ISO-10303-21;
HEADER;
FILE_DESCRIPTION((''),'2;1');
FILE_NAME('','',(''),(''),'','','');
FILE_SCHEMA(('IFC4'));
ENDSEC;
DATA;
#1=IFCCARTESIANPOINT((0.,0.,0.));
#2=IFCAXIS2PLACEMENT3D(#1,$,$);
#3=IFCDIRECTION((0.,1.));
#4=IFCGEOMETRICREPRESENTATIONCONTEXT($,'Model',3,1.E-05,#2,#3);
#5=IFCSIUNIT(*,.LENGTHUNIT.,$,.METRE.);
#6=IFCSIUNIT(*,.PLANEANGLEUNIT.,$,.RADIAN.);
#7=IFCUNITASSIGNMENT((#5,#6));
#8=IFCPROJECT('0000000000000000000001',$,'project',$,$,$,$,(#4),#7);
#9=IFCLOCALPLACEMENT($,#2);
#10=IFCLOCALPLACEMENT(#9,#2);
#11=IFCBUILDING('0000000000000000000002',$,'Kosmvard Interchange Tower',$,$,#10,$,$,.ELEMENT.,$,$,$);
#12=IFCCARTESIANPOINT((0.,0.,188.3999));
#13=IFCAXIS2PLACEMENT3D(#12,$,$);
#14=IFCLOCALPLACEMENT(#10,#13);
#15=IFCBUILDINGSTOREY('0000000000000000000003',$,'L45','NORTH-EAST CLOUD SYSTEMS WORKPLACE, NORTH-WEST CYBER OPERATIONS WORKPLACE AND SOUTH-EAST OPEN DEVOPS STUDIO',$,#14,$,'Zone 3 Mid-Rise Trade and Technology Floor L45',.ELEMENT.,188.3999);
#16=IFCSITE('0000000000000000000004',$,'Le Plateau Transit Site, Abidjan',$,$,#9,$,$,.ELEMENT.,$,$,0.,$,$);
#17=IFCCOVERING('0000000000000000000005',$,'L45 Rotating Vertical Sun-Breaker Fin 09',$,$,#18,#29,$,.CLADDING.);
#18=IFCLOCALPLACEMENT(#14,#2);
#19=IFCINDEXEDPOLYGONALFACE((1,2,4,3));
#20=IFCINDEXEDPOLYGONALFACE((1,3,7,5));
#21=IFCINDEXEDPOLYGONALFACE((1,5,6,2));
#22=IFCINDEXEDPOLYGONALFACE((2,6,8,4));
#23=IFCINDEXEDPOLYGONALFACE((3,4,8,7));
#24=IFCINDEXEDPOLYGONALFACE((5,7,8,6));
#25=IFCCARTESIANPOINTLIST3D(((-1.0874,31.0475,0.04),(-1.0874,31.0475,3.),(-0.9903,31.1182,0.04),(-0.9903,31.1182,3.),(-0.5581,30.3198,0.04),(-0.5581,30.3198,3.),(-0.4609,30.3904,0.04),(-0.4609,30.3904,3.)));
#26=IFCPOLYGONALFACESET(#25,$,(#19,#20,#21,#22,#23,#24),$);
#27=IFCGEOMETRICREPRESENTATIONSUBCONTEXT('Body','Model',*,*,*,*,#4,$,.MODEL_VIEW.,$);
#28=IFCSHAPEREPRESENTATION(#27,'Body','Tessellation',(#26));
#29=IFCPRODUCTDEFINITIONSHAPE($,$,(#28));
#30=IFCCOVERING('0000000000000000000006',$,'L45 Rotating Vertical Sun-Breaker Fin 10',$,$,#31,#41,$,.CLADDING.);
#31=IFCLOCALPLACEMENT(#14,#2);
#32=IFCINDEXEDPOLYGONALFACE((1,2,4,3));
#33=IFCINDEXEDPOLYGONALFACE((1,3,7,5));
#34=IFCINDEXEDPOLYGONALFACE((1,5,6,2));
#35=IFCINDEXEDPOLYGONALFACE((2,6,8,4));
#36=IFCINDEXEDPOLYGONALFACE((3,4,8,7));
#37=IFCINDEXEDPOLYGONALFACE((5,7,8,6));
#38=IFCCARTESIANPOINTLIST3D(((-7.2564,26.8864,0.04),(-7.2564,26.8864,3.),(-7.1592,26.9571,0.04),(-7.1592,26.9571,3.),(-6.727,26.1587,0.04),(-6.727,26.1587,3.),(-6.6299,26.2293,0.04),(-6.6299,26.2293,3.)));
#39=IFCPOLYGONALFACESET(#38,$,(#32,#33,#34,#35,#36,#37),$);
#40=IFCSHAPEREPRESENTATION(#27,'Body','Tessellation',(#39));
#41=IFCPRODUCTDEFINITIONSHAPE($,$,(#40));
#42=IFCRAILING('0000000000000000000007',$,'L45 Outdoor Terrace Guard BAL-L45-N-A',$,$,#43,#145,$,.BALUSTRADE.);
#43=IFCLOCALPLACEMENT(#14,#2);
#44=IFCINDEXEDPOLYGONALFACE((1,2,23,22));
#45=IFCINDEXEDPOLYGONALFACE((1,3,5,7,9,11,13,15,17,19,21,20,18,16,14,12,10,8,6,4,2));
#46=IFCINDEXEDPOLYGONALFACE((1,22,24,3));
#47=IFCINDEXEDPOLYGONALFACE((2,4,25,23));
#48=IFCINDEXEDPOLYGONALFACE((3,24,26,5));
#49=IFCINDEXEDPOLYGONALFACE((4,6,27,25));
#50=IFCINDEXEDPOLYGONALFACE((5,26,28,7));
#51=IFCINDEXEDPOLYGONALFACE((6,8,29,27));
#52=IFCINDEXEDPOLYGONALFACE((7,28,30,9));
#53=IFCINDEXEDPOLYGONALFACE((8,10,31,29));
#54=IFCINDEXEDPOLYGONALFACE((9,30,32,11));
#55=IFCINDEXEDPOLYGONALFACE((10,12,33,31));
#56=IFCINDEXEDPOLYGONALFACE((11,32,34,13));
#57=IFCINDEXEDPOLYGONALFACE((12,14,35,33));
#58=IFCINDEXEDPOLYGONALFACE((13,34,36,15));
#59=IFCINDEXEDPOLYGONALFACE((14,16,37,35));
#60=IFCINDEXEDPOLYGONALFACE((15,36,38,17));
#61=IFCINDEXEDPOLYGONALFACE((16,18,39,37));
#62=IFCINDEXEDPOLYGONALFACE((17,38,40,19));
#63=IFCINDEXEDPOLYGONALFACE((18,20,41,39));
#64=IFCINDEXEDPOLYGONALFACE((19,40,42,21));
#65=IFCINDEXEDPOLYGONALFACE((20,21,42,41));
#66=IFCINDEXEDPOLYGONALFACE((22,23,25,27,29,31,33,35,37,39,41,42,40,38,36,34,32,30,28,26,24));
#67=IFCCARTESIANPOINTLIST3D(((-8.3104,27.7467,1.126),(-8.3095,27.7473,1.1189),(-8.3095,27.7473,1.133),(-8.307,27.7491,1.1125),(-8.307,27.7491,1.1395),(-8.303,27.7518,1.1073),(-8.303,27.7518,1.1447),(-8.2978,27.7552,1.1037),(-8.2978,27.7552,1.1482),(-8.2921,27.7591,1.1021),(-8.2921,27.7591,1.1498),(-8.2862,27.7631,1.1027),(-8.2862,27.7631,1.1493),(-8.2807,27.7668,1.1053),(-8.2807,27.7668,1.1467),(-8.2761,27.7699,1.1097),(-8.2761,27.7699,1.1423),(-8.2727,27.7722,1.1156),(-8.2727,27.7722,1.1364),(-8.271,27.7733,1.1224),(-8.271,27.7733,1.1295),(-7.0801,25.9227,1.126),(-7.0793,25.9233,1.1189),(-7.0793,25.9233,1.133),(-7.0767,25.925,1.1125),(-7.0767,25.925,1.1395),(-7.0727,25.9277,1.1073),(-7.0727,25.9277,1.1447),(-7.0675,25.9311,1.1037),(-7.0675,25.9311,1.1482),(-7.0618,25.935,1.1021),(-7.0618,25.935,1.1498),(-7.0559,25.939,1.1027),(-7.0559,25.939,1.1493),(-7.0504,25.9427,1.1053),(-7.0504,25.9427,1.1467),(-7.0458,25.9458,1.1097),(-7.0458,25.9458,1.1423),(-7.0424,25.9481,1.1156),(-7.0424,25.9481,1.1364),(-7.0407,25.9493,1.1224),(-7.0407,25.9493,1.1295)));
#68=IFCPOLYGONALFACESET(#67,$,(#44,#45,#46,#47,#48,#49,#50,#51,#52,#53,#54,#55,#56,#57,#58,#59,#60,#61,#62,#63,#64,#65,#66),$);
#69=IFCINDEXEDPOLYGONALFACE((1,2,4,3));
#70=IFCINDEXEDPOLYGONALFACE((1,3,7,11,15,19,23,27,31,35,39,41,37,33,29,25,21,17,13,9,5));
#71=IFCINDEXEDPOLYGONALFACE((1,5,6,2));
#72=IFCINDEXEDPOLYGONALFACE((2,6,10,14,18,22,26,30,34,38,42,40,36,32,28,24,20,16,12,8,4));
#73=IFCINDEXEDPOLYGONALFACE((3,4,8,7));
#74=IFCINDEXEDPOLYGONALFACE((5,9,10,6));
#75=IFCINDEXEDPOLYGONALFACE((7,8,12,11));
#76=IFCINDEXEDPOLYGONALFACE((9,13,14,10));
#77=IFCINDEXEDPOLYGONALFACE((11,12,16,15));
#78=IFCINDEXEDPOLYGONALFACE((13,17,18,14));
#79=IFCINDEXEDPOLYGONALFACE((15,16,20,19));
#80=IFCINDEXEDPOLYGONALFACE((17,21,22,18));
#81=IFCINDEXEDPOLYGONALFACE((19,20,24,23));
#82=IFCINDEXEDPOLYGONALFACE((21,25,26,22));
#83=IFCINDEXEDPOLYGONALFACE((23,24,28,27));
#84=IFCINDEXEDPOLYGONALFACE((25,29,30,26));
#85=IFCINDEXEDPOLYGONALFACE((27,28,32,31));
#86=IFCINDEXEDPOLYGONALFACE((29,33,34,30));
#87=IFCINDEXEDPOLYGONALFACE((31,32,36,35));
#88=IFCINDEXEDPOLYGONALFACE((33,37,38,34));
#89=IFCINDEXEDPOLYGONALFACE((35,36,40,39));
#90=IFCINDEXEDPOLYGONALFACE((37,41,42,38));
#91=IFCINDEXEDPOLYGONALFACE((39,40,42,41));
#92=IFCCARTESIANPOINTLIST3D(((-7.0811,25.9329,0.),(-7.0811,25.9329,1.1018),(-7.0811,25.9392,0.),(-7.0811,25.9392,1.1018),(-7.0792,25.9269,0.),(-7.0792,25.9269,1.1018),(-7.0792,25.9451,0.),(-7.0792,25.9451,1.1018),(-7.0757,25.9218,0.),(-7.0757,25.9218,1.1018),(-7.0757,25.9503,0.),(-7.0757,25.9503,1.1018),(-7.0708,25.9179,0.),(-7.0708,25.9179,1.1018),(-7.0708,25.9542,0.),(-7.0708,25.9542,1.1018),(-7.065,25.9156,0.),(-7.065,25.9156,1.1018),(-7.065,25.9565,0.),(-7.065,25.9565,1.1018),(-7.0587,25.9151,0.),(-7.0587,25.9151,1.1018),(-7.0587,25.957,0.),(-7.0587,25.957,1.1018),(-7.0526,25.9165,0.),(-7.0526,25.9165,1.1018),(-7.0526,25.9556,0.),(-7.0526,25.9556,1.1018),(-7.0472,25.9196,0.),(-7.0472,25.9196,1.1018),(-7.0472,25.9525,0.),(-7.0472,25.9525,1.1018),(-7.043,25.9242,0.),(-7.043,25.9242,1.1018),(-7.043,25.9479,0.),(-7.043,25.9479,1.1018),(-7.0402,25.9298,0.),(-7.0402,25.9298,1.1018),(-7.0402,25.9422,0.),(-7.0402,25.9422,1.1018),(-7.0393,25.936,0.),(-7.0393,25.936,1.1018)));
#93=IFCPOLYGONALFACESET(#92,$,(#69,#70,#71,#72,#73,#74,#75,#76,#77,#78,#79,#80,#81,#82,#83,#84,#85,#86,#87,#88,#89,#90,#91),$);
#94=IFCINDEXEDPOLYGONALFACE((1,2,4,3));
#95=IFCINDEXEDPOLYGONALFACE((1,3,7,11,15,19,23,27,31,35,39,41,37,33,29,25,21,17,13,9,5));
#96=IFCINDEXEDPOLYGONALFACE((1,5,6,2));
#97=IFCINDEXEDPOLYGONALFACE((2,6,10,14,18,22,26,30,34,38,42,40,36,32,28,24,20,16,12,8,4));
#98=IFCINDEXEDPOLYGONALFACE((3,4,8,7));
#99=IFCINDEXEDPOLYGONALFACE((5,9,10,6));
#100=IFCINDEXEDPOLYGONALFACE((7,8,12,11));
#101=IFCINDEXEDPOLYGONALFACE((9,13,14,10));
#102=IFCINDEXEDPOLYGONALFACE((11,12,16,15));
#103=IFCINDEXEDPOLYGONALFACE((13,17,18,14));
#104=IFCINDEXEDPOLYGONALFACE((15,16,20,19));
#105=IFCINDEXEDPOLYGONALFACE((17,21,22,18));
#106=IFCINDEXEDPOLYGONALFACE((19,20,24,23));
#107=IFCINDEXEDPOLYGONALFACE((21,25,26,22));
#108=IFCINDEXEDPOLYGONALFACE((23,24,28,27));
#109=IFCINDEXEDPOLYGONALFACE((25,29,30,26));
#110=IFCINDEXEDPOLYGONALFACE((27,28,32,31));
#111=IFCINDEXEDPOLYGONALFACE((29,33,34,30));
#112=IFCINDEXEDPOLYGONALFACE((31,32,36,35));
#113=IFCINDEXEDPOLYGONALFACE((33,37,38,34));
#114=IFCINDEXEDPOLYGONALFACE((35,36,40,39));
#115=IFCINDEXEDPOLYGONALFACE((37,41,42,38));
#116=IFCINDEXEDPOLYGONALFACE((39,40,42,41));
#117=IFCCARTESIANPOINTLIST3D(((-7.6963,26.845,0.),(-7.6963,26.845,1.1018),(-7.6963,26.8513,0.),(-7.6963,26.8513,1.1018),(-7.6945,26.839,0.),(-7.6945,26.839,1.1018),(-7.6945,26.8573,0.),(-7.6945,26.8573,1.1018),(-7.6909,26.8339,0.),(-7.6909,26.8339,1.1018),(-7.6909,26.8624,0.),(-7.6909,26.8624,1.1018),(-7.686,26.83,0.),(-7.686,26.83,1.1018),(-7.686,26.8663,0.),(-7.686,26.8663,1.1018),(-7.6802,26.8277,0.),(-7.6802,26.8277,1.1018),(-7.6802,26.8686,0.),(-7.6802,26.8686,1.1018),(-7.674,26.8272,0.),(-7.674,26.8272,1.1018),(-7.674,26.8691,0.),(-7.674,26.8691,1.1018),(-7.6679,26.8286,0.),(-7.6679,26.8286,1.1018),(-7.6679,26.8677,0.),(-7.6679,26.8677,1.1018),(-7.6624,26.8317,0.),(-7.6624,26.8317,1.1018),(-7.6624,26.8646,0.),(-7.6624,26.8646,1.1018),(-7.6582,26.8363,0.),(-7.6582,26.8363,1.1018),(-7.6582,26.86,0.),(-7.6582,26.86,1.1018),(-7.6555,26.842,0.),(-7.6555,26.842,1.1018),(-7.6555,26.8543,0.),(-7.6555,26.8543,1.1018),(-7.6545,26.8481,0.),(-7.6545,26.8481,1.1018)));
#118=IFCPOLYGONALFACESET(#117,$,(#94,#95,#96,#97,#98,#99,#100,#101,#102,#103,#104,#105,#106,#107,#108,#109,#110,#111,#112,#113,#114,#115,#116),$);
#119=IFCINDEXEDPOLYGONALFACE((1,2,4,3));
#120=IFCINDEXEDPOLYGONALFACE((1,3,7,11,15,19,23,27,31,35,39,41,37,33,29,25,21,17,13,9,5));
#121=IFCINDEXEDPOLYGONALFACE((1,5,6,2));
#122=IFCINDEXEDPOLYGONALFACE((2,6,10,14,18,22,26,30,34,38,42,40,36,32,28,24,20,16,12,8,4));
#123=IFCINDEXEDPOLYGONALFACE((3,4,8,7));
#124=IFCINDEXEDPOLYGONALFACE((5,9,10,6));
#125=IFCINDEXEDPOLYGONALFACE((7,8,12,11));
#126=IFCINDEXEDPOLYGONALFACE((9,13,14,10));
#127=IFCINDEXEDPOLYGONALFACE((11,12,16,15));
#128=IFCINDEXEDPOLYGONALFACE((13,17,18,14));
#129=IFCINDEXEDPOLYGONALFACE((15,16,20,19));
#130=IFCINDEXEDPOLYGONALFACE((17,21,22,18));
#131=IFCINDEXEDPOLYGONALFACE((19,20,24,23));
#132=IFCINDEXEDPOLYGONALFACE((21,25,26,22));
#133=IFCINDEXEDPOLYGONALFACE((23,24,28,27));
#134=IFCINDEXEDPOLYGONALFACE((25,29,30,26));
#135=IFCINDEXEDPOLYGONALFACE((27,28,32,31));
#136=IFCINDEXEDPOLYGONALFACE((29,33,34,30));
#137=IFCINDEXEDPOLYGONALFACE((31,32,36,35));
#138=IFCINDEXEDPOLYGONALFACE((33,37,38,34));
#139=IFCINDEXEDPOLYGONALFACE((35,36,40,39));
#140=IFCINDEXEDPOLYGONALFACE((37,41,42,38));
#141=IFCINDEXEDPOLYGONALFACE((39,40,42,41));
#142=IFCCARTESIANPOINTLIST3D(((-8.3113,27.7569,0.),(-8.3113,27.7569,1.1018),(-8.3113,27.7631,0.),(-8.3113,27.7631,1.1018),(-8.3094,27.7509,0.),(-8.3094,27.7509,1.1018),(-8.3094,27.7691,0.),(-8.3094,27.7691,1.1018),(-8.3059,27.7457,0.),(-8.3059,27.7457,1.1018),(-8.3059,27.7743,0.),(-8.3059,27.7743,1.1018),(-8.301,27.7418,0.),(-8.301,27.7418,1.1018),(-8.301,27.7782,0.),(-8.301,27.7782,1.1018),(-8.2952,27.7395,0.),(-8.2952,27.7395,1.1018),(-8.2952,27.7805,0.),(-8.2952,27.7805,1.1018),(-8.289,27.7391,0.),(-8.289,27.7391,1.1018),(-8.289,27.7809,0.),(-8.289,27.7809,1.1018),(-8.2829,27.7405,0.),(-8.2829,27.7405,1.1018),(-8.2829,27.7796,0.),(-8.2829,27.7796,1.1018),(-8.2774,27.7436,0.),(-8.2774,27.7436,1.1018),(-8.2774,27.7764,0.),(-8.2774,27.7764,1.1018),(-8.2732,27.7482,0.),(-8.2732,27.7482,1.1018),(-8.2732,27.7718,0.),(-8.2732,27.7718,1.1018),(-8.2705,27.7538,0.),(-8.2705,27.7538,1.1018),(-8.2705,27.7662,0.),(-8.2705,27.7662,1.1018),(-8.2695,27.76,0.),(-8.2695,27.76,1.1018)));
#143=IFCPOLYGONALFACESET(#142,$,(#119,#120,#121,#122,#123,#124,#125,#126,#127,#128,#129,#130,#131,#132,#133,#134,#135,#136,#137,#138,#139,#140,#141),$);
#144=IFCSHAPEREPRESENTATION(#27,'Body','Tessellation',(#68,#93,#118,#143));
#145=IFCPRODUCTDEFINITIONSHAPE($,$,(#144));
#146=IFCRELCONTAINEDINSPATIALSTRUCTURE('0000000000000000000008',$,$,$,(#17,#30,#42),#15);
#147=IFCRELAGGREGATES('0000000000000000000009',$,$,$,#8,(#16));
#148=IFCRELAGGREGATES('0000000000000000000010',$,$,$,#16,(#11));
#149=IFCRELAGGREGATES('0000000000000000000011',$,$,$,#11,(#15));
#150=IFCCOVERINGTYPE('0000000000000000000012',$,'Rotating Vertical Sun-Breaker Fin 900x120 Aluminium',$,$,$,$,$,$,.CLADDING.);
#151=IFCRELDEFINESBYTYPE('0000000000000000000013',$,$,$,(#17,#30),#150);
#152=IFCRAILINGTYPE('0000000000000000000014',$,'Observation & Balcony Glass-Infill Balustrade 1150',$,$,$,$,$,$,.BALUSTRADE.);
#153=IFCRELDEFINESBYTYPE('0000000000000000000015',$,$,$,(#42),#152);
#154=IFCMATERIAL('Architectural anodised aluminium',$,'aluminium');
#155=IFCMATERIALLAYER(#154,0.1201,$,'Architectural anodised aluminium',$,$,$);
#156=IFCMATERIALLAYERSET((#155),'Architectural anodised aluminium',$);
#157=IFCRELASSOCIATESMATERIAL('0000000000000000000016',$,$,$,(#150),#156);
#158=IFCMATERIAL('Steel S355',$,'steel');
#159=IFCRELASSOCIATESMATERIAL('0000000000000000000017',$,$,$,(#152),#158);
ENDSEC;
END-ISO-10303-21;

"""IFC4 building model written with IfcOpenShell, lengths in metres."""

from ifc_helpers import new_model, si_unit, direction, frame, origin, origin_2d, place, context, subcontext, project, spatial, rectangle, circle, extrude, source, transform, mapped, material, layer, layer_set, type_object, element, save


model = new_model("IFC4")

# Units and contexts
model_context = context("Model", 3, precision=1e-05, world=origin(), true_north=direction((0.0, 1.0)))
body_context = subcontext(model_context, "Body", "Model", "MODEL_VIEW")
ifc_project = project(units=[si_unit("LENGTHUNIT", "METRE"), si_unit("PLANEANGLEUNIT", "RADIAN")], contexts=[model_context])

# Site, building, storey
site_placement = place(None, origin())
site = spatial("IfcSite", under=ifc_project, at=site_placement, Name="Le Plateau Transit Site, Abidjan", CompositionType="ELEMENT", RefElevation=0.0)
building_placement = place(site_placement, origin())
building = spatial("IfcBuilding", under=site, at=building_placement, Name="Kosmvard Interchange Tower", CompositionType="ELEMENT")
storey_placement = place(building_placement, frame((0.0, 0.0, 188.3999)))
storey = spatial("IfcBuildingStorey", under=building, at=storey_placement, Name="L45", Description="NORTH-EAST CLOUD SYSTEMS WORKPLACE, NORTH-WEST CYBER OPERATIONS WORKPLACE AND SOUTH-EAST OPEN DEVOPS STUDIO", LongName="Zone 3 Mid-Rise Trade and Technology Floor L45", CompositionType="ELEMENT", Elevation=188.3999)

# Shared definitions
ifc_material_1 = material(Name="Steel S355", Category="steel")

# Coverings
ifc_material_2 = material(Name="Architectural anodised aluminium", Category="aluminium")
ifc_layer_1 = layer(ifc_material_2, 0.1201, Name="Architectural anodised aluminium")
ifc_layer_set_1 = layer_set([ifc_layer_1], Name="Architectural anodised aluminium")
covering_type = type_object("IfcCoveringType", Name="Rotating Vertical Sun-Breaker Fin 900x120 Aluminium", PredefinedType="CLADDING", material=ifc_layer_set_1)
shared_shape_1 = source(origin(), body_context, "Body", "SweptSolid", [
    extrude(rectangle(XDim=0.8999, YDim=0.1201, at=origin_2d()), origin(), (0.0, 0.0, 1.0), 2.96),
])
for number, where, z_axis, x_axis, name in (
    (1, (-0.7742, 30.719, 0.04), (0.0, 0.0, 1.0), (-0.588209, 0.808709, 0.0), "L45 Rotating Vertical Sun-Breaker Fin 09"),
    (2, (-6.9431, 26.5579, 0.04), (0.0, 0.0, 1.0), (-0.588209, 0.808709, 0.0), "L45 Rotating Vertical Sun-Breaker Fin 10"),
):
    element("IfcCovering", number, at=place(storey_placement, frame(where, z_axis=z_axis, x_axis=x_axis)), inside=storey, type_object=covering_type, Name=name, PredefinedType="CLADDING", context=body_context, shape_type="MappedRepresentation", body=[
        mapped(shared_shape_1, transform((0.0, 0.0, 0.0), scale=1.0)),
    ])

# Railing
railing_type_1 = type_object("IfcRailingType", Name="Observation & Balcony Glass-Infill Balustrade 1150", PredefinedType="BALUSTRADE", material=ifc_material_1)
shared_shape_2 = source(origin(), body_context, "Body", "SweptSolid", [
    extrude(circle(Radius=0.0239, at=origin_2d()), frame((0.0, 0.0, 1.126), z_axis=(-0.559174, 0.829051, 0.0), x_axis=(-0.829051, -0.559174, 0.0)), (0.0, 0.0, 1.0), 2.2002),
    extrude(circle(Radius=0.021, at=origin_2d()), origin(), (0.0, 0.0, 1.0), 1.1018),
    extrude(circle(Radius=0.021, at=origin_2d()), frame((-0.6152, 0.9121, 0.0)), (0.0, 0.0, 1.0), 1.1018),
    extrude(circle(Radius=0.021, at=origin_2d()), frame((-1.2302, 1.824, 0.0)), (0.0, 0.0, 1.0), 1.1018),
])
railing_1_placement = place(storey_placement, frame((-7.0603, 25.936, 0.0)))
element("IfcRailing", 3, at=railing_1_placement, inside=storey, type_object=railing_type_1, Name="L45 Outdoor Terrace Guard BAL-L45-N-A", PredefinedType="BALUSTRADE", context=body_context, shape_type="MappedRepresentation", body=[
    mapped(shared_shape_2, transform((0.0, 0.0, 0.0), scale=1.0)),
])

save(model, "model.ifc")
